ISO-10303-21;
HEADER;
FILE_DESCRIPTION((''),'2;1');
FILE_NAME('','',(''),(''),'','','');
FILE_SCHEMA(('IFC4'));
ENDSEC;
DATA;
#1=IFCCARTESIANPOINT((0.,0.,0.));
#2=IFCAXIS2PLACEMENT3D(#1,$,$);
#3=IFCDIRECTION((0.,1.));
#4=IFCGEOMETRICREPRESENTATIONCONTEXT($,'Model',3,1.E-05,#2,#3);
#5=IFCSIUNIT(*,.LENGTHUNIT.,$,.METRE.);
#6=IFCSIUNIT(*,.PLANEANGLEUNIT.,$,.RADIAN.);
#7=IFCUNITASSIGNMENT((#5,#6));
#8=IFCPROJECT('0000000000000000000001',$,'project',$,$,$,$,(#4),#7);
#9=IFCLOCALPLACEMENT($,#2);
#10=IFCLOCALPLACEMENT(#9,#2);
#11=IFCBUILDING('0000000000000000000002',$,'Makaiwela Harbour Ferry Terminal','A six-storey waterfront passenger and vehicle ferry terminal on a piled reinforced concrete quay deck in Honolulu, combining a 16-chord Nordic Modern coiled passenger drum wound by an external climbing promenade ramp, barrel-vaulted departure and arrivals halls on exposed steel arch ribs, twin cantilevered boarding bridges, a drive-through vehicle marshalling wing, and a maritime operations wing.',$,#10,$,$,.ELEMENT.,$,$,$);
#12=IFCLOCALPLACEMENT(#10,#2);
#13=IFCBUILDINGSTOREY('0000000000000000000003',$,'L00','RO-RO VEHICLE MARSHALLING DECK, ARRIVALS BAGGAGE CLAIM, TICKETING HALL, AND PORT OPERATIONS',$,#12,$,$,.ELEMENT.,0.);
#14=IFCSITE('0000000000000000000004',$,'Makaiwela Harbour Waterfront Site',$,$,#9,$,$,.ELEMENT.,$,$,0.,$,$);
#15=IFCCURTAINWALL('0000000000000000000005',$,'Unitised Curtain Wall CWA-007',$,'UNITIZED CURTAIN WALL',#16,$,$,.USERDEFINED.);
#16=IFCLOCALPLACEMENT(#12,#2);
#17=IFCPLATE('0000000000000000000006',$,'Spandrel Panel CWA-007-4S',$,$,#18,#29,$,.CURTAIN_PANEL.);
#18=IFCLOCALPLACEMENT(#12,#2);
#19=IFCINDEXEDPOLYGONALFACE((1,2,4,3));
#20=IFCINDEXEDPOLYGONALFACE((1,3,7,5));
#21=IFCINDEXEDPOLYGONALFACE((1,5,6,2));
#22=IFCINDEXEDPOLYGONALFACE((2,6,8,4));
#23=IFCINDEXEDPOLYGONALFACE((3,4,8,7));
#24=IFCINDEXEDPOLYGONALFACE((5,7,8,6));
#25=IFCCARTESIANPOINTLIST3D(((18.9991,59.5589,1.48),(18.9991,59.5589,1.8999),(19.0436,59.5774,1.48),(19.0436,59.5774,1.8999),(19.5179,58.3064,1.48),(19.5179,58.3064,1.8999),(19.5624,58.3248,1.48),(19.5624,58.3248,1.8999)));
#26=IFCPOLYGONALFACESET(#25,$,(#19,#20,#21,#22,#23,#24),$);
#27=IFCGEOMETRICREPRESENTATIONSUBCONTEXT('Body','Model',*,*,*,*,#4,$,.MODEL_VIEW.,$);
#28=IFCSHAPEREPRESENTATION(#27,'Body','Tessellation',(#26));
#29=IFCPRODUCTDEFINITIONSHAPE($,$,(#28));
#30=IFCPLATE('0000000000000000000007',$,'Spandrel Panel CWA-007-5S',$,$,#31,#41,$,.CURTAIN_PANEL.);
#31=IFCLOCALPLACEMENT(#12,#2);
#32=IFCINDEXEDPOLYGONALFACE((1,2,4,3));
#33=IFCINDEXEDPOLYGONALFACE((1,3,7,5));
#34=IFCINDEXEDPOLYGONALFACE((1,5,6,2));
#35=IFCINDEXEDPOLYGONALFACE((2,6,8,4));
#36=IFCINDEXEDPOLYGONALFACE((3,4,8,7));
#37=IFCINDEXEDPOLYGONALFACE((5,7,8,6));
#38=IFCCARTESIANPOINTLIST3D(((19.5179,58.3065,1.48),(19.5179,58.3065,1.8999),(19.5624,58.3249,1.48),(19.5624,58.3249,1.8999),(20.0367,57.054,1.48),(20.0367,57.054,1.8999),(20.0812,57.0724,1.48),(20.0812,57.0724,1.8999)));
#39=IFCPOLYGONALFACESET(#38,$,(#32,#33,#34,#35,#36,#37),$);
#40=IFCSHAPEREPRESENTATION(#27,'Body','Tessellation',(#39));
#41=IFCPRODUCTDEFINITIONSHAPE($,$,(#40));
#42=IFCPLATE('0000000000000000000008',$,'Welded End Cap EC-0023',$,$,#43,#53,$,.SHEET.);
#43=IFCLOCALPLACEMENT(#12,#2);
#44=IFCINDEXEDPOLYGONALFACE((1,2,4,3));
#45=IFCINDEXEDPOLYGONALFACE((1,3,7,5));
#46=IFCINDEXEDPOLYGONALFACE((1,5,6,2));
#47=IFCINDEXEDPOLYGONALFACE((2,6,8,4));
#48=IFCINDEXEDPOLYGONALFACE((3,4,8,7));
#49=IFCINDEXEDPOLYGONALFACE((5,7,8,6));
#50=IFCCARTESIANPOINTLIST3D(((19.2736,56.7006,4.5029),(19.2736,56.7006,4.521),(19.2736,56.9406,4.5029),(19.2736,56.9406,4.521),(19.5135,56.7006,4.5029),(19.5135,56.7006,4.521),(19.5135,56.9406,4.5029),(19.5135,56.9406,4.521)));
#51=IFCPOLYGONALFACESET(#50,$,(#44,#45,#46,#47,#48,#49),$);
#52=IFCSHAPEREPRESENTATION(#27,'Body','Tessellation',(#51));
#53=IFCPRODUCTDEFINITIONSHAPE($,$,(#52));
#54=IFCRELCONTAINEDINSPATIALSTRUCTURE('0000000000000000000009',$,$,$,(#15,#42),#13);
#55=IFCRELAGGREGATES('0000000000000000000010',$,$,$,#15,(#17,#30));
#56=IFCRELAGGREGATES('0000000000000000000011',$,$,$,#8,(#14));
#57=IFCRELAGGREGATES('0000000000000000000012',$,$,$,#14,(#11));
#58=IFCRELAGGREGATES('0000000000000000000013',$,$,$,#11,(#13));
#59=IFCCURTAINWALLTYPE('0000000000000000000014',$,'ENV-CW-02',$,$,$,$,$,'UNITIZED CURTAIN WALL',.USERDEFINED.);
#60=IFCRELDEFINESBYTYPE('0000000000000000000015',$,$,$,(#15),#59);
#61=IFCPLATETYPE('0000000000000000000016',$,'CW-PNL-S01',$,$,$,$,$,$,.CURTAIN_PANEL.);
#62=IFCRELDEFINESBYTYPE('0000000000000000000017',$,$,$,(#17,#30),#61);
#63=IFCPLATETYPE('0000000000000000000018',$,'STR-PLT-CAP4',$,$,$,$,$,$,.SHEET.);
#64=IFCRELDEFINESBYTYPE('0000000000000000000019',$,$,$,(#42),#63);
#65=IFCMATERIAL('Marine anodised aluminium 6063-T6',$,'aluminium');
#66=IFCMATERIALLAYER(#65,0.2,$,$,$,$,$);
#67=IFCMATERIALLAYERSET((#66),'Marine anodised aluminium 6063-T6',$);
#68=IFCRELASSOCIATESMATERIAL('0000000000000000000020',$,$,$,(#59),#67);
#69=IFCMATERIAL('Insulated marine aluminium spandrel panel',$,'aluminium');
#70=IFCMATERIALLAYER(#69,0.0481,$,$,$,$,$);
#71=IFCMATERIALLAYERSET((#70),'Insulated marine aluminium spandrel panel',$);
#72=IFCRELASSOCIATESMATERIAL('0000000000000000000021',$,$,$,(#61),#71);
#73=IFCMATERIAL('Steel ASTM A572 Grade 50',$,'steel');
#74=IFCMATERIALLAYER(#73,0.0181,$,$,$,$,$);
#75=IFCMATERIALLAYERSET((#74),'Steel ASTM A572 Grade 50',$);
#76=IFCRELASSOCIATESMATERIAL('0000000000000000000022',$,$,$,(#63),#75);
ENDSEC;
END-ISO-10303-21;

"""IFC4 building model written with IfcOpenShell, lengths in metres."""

from ifc_helpers import new_model, si_unit, direction, frame, origin, origin_2d, place, context, subcontext, project, spatial, rectangle, extrude, material, layer, layer_set, type_object, element, aggregate, save


model = new_model("IFC4")

# Units and contexts
model_context = context("Model", 3, precision=1e-05, world=origin(), true_north=direction((0.0, 1.0)))
body_context = subcontext(model_context, "Body", "Model", "MODEL_VIEW")
ifc_project = project(units=[si_unit("LENGTHUNIT", "METRE"), si_unit("PLANEANGLEUNIT", "RADIAN")], contexts=[model_context])

# Site, building, storey
site_placement = place(None, origin())
site = spatial("IfcSite", under=ifc_project, at=site_placement, Name="Makaiwela Harbour Waterfront Site", CompositionType="ELEMENT", RefElevation=0.0)
building_placement = place(site_placement, origin())
building = spatial("IfcBuilding", under=site, at=building_placement, Name="Makaiwela Harbour Ferry Terminal", Description="A six-storey waterfront passenger and vehicle ferry terminal on a piled reinforced concrete quay deck in Honolulu, combining a 16-chord Nordic Modern coiled passenger drum wound by an external climbing promenade ramp, barrel-vaulted departure and arrivals halls on exposed steel arch ribs, twin cantilevered boarding bridges, a drive-through vehicle marshalling wing, and a maritime operations wing.", CompositionType="ELEMENT")
storey_placement = place(building_placement, origin())
storey = spatial("IfcBuildingStorey", under=building, at=storey_placement, Name="L00", Description="RO-RO VEHICLE MARSHALLING DECK, ARRIVALS BAGGAGE CLAIM, TICKETING HALL, AND PORT OPERATIONS", CompositionType="ELEMENT", Elevation=0.0)

# Curtain wall
ifc_material_1 = material(Name="Marine anodised aluminium 6063-T6", Category="aluminium")
ifc_layer_1 = layer(ifc_material_1, 0.2)
ifc_layer_set_1 = layer_set([ifc_layer_1], Name="Marine anodised aluminium 6063-T6")
curtain_wall_type = type_object("IfcCurtainWallType", Name="ENV-CW-02", ElementType="UNITIZED CURTAIN WALL", PredefinedType="USERDEFINED", material=ifc_layer_set_1)
curtain_wall_placement = place(storey_placement, origin())
curtain_wall = element("IfcCurtainWall", 1, at=curtain_wall_placement, inside=storey, type_object=curtain_wall_type, Name="Unitised Curtain Wall CWA-007", ObjectType="UNITIZED CURTAIN WALL", PredefinedType="USERDEFINED")

# Plates
ifc_material_2 = material(Name="Insulated marine aluminium spandrel panel", Category="aluminium")
ifc_layer_2 = layer(ifc_material_2, 0.0481)
ifc_layer_set_2 = layer_set([ifc_layer_2], Name="Insulated marine aluminium spandrel panel")
plate_type_1 = type_object("IfcPlateType", Name="CW-PNL-S01", PredefinedType="CURTAIN_PANEL", material=ifc_layer_set_2)
plate_1_placement = place(storey_placement, frame((19.2808, 58.9419, 1.48), z_axis=(0.0, 0.0, 1.0), x_axis=(0.382683, -0.92388, 0.0)))
plate_1 = element("IfcPlate", 2, at=plate_1_placement, type_object=plate_type_1, Name="Spandrel Panel CWA-007-4S", PredefinedType="CURTAIN_PANEL", context=body_context, shape_type="SweptSolid", body=[
    extrude(rectangle(XDim=1.3557, YDim=0.0481, at=origin_2d()), origin(), (0.0, 0.0, 1.0), 0.4199),
])
plate_2_placement = place(storey_placement, frame((19.7996, 57.6895, 1.48), z_axis=(0.0, 0.0, 1.0), x_axis=(0.382683, -0.92388, 0.0)))
plate_2 = element("IfcPlate", 3, at=plate_2_placement, type_object=plate_type_1, Name="Spandrel Panel CWA-007-5S", PredefinedType="CURTAIN_PANEL", context=body_context, shape_type="SweptSolid", body=[
    extrude(rectangle(XDim=1.3557, YDim=0.0481, at=origin_2d()), origin(), (0.0, 0.0, 1.0), 0.4199),
])
aggregate(curtain_wall, [plate_1, plate_2])
ifc_material_3 = material(Name="Steel ASTM A572 Grade 50", Category="steel")
ifc_layer_3 = layer(ifc_material_3, 0.0181)
ifc_layer_set_3 = layer_set([ifc_layer_3], Name="Steel ASTM A572 Grade 50")
plate_type_2 = type_object("IfcPlateType", Name="STR-PLT-CAP4", PredefinedType="SHEET", material=ifc_layer_set_3)
plate_3_placement = place(storey_placement, frame((19.3936, 56.8206, 4.5029), z_axis=(0.0, 0.0, 1.0), x_axis=(1.0, 0.0, 0.0)))
element("IfcPlate", 4, at=plate_3_placement, inside=storey, type_object=plate_type_2, Name="Welded End Cap EC-0023", PredefinedType="SHEET", context=body_context, shape_type="SweptSolid", body=[
    extrude(rectangle(XDim=0.24, YDim=0.24, at=origin_2d()), origin(), (0.0, 0.0, 1.0), 0.0181),
])

save(model, "model.ifc")
